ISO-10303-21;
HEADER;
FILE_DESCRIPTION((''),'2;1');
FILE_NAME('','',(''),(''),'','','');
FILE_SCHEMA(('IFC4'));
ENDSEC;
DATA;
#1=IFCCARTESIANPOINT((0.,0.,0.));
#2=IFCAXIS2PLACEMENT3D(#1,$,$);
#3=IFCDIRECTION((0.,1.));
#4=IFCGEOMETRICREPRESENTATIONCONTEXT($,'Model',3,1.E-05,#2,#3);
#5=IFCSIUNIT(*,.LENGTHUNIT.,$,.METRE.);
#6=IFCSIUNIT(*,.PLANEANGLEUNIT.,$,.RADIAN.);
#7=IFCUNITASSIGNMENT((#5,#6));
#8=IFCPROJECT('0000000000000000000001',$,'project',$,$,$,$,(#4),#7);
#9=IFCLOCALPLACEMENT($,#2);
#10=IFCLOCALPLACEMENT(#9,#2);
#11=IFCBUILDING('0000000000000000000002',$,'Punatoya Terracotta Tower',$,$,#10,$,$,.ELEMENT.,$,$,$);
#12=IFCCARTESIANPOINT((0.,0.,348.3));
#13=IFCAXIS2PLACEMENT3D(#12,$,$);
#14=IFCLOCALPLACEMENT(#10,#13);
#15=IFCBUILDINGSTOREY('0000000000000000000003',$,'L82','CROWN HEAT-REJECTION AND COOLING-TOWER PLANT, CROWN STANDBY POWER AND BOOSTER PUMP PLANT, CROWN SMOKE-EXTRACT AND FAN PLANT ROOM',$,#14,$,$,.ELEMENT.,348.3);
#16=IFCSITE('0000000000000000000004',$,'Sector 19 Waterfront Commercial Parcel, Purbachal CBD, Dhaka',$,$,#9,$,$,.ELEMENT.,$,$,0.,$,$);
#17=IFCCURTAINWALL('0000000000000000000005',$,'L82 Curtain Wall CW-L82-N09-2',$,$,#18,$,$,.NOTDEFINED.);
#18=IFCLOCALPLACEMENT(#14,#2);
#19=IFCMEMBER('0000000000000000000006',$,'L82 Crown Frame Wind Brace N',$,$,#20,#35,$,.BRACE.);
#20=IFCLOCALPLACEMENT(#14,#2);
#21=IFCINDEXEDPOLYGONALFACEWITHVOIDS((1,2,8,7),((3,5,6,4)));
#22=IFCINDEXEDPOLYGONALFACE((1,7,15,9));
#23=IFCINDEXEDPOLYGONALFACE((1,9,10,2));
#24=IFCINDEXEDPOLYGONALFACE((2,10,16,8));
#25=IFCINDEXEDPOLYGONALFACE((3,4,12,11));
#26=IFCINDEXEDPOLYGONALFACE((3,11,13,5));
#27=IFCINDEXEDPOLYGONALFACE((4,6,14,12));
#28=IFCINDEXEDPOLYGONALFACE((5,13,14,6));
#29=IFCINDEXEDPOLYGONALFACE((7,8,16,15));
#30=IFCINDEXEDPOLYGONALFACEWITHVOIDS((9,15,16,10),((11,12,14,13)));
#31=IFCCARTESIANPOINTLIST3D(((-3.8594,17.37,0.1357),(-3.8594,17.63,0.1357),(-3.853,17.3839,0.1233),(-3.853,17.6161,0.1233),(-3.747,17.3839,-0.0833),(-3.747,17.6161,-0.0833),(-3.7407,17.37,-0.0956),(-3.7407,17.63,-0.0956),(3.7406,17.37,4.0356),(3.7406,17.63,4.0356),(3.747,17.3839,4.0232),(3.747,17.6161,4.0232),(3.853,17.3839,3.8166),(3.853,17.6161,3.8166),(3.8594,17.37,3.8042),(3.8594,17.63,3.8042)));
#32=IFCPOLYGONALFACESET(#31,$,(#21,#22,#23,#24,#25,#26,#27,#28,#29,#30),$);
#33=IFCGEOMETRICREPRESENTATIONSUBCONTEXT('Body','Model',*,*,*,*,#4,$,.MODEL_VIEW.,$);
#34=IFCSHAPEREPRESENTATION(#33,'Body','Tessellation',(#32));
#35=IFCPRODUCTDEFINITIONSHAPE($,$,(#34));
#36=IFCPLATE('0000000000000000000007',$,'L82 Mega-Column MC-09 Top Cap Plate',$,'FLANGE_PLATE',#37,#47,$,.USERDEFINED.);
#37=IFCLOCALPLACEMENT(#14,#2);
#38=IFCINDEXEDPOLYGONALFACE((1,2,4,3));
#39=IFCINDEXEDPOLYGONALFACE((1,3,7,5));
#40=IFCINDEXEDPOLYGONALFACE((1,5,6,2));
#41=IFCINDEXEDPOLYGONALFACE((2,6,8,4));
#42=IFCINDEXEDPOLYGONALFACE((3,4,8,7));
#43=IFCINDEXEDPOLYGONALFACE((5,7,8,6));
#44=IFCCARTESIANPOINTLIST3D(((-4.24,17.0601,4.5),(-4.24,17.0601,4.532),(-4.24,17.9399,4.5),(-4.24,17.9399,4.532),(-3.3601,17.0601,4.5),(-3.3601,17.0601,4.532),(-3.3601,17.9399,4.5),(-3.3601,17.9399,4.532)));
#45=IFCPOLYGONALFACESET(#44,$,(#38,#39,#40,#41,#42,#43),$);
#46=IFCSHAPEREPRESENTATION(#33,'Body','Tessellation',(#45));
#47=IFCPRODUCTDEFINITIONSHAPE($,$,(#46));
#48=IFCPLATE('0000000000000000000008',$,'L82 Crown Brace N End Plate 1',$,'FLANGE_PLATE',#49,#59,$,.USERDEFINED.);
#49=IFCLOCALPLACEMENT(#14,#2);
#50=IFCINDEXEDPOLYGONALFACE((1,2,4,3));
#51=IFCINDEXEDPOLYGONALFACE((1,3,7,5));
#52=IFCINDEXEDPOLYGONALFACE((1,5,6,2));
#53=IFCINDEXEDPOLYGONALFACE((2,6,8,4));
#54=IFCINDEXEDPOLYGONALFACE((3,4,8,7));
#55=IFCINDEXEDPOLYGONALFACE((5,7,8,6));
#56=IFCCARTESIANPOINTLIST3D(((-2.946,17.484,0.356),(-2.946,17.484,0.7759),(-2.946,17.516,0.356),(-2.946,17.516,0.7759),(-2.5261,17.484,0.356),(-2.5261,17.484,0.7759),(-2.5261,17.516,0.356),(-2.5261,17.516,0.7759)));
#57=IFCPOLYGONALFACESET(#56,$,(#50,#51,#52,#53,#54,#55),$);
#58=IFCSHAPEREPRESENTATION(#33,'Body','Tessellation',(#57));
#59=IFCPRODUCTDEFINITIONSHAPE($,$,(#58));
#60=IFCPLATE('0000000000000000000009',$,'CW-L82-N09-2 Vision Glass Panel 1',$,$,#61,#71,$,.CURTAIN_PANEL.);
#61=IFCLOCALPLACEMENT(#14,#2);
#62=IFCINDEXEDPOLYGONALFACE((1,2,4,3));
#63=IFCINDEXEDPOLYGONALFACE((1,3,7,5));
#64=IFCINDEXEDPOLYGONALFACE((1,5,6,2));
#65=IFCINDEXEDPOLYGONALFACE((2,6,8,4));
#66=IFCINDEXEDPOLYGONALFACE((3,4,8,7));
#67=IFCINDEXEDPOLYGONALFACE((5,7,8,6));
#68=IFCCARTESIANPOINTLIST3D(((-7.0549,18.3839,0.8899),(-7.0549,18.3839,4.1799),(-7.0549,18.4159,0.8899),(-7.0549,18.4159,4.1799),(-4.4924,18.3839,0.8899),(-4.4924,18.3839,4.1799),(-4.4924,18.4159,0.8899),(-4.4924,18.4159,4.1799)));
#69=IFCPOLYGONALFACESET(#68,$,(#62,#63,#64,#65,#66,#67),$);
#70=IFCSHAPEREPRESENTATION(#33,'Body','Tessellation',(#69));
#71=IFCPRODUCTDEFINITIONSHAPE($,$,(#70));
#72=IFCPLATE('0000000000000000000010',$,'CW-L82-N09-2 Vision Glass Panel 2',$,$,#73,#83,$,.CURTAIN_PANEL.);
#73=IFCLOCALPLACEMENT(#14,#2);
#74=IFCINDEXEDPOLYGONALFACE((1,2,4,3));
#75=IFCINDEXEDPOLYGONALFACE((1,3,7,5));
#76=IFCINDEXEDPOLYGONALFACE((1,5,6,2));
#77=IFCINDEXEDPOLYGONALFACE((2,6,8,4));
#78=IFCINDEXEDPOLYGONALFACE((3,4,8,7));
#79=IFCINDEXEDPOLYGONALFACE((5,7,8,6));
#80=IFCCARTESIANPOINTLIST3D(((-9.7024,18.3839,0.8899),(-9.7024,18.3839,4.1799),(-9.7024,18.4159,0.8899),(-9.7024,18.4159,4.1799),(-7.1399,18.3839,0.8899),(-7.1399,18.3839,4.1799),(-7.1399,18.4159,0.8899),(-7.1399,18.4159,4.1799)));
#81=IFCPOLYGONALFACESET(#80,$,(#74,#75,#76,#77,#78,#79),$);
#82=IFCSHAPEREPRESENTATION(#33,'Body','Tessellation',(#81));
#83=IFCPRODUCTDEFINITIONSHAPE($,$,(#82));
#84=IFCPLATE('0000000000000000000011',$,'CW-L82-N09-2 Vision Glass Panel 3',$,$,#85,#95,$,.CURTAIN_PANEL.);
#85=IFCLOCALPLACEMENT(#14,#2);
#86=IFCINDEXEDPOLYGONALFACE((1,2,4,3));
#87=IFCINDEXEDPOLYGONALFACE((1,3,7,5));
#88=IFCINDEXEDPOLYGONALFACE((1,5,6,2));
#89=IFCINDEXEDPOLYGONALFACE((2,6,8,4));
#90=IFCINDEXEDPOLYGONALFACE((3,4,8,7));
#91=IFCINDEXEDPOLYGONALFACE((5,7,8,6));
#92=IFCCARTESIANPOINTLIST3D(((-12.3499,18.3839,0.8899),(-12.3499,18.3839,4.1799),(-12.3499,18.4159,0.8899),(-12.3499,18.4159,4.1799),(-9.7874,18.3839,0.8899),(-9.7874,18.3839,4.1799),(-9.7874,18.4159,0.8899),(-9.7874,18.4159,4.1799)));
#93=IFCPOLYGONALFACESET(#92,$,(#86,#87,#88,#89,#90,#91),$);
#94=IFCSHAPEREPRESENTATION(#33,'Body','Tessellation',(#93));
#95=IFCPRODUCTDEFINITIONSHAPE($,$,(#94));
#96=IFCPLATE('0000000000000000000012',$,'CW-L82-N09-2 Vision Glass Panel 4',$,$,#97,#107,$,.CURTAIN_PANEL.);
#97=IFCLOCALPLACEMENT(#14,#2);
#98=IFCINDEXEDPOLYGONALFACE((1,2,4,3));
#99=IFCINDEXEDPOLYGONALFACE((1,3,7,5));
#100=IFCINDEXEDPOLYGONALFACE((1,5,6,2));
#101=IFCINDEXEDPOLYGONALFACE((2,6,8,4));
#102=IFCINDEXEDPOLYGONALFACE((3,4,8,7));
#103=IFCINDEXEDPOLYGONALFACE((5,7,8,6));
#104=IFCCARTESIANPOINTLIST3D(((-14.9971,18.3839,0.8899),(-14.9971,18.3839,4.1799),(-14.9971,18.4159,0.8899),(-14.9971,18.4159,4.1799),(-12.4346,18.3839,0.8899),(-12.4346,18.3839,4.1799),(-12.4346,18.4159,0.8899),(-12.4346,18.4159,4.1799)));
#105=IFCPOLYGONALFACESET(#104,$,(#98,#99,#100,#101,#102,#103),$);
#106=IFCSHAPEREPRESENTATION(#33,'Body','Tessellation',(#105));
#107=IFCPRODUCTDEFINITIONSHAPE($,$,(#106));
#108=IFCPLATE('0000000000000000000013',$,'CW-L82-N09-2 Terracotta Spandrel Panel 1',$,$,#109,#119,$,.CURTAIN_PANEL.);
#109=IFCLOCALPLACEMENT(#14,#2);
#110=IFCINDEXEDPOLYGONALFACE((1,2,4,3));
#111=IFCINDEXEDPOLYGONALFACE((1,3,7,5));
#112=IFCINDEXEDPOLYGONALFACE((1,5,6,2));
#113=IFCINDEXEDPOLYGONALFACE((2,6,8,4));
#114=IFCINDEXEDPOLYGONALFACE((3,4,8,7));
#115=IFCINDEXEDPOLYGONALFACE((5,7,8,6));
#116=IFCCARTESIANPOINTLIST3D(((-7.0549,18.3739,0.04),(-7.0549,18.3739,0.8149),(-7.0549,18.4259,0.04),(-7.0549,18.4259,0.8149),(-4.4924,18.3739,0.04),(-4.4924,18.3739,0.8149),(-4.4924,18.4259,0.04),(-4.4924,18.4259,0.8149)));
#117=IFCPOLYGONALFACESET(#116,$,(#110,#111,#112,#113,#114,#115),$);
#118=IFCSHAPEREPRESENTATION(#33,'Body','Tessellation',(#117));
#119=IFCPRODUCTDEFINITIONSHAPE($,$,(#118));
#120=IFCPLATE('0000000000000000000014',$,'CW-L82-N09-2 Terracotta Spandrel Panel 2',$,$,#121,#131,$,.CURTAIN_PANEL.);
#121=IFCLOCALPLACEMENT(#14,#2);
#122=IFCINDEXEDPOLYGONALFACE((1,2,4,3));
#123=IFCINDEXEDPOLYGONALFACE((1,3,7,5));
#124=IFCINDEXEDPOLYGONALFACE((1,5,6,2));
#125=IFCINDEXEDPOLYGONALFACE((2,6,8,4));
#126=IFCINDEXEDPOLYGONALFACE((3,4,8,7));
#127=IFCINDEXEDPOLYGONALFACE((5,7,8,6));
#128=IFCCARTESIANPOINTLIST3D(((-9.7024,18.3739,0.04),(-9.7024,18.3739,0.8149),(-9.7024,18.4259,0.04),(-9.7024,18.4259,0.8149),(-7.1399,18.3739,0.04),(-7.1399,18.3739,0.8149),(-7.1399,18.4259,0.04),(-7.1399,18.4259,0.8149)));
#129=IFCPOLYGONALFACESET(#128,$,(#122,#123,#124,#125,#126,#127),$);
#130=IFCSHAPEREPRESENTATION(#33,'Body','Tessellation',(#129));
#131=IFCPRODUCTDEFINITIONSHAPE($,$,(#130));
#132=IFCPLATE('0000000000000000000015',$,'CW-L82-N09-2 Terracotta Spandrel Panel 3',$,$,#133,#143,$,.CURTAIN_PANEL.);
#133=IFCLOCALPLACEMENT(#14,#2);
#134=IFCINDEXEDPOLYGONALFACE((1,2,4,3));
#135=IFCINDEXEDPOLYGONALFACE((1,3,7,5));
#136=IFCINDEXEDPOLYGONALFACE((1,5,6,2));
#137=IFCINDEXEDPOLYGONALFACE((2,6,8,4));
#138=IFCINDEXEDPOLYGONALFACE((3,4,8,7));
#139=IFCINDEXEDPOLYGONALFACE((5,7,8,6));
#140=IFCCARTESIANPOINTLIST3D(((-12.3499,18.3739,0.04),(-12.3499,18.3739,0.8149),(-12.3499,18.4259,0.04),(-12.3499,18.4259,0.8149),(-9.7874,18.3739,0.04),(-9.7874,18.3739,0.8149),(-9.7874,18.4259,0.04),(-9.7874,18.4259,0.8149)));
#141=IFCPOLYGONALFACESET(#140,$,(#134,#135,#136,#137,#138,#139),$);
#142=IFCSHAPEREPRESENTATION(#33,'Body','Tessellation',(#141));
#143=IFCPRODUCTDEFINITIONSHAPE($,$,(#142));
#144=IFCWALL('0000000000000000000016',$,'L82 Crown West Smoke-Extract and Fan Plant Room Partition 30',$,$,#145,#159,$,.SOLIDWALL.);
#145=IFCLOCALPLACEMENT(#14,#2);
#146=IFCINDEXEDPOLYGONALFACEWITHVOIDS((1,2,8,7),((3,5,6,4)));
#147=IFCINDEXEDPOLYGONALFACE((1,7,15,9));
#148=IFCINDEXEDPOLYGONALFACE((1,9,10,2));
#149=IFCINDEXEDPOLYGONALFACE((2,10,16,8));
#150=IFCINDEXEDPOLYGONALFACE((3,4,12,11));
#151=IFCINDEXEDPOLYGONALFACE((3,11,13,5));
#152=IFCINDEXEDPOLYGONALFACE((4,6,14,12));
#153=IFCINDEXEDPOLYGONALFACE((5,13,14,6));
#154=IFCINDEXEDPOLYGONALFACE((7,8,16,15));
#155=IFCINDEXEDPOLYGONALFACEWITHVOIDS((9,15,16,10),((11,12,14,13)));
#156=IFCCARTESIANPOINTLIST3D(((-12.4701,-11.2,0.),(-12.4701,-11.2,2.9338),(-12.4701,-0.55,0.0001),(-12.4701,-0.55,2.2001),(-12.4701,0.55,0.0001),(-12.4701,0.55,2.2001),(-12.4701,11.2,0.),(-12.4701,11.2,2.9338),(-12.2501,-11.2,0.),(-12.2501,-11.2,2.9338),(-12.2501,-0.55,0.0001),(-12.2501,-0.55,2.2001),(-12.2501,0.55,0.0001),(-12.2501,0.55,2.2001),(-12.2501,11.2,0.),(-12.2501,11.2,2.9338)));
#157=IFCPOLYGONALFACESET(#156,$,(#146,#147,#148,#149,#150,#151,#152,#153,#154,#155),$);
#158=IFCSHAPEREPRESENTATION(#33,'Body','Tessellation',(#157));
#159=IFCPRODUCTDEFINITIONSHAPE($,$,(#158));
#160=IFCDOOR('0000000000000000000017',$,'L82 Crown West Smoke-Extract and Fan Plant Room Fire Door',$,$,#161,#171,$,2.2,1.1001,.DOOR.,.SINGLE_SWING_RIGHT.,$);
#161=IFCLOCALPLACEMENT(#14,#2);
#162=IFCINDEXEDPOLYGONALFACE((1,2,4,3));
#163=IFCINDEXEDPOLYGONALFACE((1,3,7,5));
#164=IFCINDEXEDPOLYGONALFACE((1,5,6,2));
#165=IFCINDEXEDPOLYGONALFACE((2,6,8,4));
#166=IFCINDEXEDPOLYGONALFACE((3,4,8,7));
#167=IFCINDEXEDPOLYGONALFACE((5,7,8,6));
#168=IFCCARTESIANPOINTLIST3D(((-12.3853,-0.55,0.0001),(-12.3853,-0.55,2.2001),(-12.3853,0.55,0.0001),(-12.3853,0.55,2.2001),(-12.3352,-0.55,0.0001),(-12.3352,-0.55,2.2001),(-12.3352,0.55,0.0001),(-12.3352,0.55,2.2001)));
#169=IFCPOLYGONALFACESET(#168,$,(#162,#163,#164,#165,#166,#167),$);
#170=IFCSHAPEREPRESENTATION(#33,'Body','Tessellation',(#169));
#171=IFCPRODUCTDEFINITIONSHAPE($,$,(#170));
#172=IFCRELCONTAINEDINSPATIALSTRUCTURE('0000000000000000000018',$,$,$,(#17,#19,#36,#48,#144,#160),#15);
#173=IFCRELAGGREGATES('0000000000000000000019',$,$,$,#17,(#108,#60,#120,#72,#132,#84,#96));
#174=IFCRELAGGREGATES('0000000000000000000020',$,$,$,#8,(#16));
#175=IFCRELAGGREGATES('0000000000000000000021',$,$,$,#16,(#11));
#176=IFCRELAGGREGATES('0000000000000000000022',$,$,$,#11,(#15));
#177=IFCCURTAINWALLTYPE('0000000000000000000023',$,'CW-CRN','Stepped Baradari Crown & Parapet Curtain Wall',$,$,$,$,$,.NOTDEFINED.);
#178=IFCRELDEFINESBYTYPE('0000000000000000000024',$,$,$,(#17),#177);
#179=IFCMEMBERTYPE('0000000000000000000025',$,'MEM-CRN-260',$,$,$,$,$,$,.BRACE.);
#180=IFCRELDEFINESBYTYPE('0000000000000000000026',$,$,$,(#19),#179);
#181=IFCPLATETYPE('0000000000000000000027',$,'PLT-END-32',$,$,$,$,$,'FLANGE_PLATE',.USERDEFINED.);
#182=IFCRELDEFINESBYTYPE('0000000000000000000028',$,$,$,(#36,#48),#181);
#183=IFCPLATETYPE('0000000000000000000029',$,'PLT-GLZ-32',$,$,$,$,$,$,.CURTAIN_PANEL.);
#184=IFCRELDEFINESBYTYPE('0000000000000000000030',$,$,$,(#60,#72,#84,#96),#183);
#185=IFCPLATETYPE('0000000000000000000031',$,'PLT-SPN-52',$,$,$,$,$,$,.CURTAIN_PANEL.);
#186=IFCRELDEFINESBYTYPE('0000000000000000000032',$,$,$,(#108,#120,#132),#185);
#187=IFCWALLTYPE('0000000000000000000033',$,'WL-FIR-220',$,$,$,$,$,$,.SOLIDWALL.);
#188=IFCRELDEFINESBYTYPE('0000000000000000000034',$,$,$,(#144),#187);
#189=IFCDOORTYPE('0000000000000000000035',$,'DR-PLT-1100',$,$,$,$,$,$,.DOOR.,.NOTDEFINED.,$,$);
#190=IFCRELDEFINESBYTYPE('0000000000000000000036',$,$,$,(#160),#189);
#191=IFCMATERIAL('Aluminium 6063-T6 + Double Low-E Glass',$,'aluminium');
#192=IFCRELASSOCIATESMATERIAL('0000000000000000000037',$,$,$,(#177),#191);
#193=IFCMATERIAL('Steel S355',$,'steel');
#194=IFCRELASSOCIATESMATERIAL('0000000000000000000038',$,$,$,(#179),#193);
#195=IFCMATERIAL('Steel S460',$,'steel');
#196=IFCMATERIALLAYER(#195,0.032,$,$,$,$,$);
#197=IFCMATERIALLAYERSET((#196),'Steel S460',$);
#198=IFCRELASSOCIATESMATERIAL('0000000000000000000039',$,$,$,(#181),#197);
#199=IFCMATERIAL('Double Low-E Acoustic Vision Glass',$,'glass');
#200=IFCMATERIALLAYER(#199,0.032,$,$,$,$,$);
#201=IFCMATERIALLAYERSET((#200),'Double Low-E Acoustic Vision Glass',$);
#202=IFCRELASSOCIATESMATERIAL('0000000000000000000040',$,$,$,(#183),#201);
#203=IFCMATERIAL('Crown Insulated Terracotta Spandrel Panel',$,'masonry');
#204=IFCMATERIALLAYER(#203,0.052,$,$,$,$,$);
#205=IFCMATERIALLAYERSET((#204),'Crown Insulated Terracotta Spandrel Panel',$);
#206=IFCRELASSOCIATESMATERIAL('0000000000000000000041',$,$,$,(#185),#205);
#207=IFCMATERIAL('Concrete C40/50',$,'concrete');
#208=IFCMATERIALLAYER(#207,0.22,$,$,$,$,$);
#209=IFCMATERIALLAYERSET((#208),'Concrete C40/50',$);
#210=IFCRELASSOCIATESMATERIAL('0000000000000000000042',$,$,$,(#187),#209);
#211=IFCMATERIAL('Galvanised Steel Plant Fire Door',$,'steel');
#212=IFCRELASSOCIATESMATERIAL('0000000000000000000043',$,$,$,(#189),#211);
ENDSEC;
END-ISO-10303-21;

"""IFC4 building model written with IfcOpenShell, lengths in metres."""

from ifc_helpers import new_model, si_unit, direction, frame, frame_2d, origin, origin_2d, place, context, subcontext, project, spatial, rectangle, hollow_rectangle, extrude, material, layer, layer_set, material_profile, profile_set, type_object, element, fill, aggregate, save


model = new_model("IFC4")

# Units and contexts
model_context = context("Model", 3, precision=1e-05, world=origin(), true_north=direction((0.0, 1.0)))
body_context = subcontext(model_context, "Body", "Model", "MODEL_VIEW")
ifc_project = project(units=[si_unit("LENGTHUNIT", "METRE"), si_unit("PLANEANGLEUNIT", "RADIAN")], contexts=[model_context])

# Site, building, storey
site_placement = place(None, origin())
site = spatial("IfcSite", under=ifc_project, at=site_placement, Name="Sector 19 Waterfront Commercial Parcel, Purbachal CBD, Dhaka", CompositionType="ELEMENT", RefElevation=0.0)
building_placement = place(site_placement, origin())
building = spatial("IfcBuilding", under=site, at=building_placement, Name="Punatoya Terracotta Tower", CompositionType="ELEMENT")
storey_placement = place(building_placement, frame((0.0, 0.0, 348.3)))
storey = spatial("IfcBuildingStorey", under=building, at=storey_placement, Name="L82", Description="CROWN HEAT-REJECTION AND COOLING-TOWER PLANT, CROWN STANDBY POWER AND BOOSTER PUMP PLANT, CROWN SMOKE-EXTRACT AND FAN PLANT ROOM", CompositionType="ELEMENT", Elevation=348.3)

# Shared definitions
ifc_material_1 = material(Name="Steel S460", Category="steel")

# Curtain wall
ifc_material_2 = material(Name="Aluminium 6063-T6 + Double Low-E Glass", Category="aluminium")
curtain_wall_type = type_object("IfcCurtainWallType", Name="CW-CRN", Description="Stepped Baradari Crown & Parapet Curtain Wall", PredefinedType="NOTDEFINED", material=ifc_material_2)
curtain_wall_placement = place(storey_placement, origin())
curtain_wall = element("IfcCurtainWall", 1, at=curtain_wall_placement, inside=storey, type_object=curtain_wall_type, Name="L82 Curtain Wall CW-L82-N09-2", PredefinedType="NOTDEFINED")

# Member
ifc_material_3 = material(Name="Steel S355", Category="steel")
ifc_material_profile_1 = material_profile(ifc_material_3, hollow_rectangle(XDim=0.26, YDim=0.26, WallThickness=0.0139, at=origin_2d()))
ifc_profile_set_1 = profile_set([ifc_material_profile_1], Name="Steel S355")
member_type_1 = type_object("IfcMemberType", Name="MEM-CRN-260", PredefinedType="BRACE", material=ifc_profile_set_1)
member_1_placement = place(storey_placement, frame((-3.8, 17.5, 0.02), z_axis=(0.889703, 0.0, 0.456541), x_axis=(0.0, 1.0, 0.0)))
element("IfcMember", 2, at=member_1_placement, inside=storey, type_object=member_type_1, Name="L82 Crown Frame Wind Brace N", PredefinedType="BRACE", context=body_context, shape_type="SweptSolid", body=[
    extrude(hollow_rectangle(XDim=0.26, YDim=0.26, WallThickness=0.0139, at=origin_2d()), origin(), (0.0, 0.0, 1.0), 8.5422),
])

# Plates
ifc_layer_1 = layer(ifc_material_1, 0.032)
ifc_layer_set_1 = layer_set([ifc_layer_1], Name="Steel S460")
plate_type_1 = type_object("IfcPlateType", Name="PLT-END-32", ElementType="FLANGE_PLATE", PredefinedType="USERDEFINED", material=ifc_layer_set_1)
plate_1_placement = place(storey_placement, frame((-3.8, 17.5, 4.5), z_axis=(0.0, 0.0, 1.0), x_axis=(1.0, 0.0, 0.0)))
element("IfcPlate", 3, at=plate_1_placement, inside=storey, type_object=plate_type_1, Name="L82 Mega-Column MC-09 Top Cap Plate", ObjectType="FLANGE_PLATE", PredefinedType="USERDEFINED", context=body_context, shape_type="SweptSolid", body=[
    extrude(rectangle(XDim=0.8799, YDim=0.8799, at=origin_2d()), origin(), (0.0, 0.0, 1.0), 0.032),
])
plate_2_placement = place(storey_placement, frame((-2.7361, 17.5, 0.356), z_axis=(0.0, 0.0, 1.0), x_axis=(1.0, 0.0, 0.0)))
element("IfcPlate", 4, at=plate_2_placement, inside=storey, type_object=plate_type_1, Name="L82 Crown Brace N End Plate 1", ObjectType="FLANGE_PLATE", PredefinedType="USERDEFINED", context=body_context, shape_type="SweptSolid", body=[
    extrude(rectangle(XDim=0.4199, YDim=0.032, at=origin_2d()), origin(), (0.0, 0.0, 1.0), 0.4199),
])

# Plates
ifc_material_4 = material(Name="Double Low-E Acoustic Vision Glass", Category="glass")
ifc_layer_2 = layer(ifc_material_4, 0.032)
ifc_layer_set_2 = layer_set([ifc_layer_2], Name="Double Low-E Acoustic Vision Glass")
plate_type_2 = type_object("IfcPlateType", Name="PLT-GLZ-32", PredefinedType="CURTAIN_PANEL", material=ifc_layer_set_2)
plate_3_placement = place(storey_placement, frame((-5.7737, 18.3999, 0.8899), z_axis=(0.0, 0.0, 1.0), x_axis=(-1.0, 0.0, 0.0)))
plate_3 = element("IfcPlate", 5, at=plate_3_placement, type_object=plate_type_2, Name="CW-L82-N09-2 Vision Glass Panel 1", PredefinedType="CURTAIN_PANEL", context=body_context, shape_type="SweptSolid", body=[
    extrude(rectangle(XDim=2.5625, YDim=0.032, at=origin_2d()), origin(), (0.0, 0.0, 1.0), 3.29),
])
plate_4_placement = place(storey_placement, frame((-8.4211, 18.3999, 0.8899), z_axis=(0.0, 0.0, 1.0), x_axis=(-1.0, 0.0, 0.0)))
plate_4 = element("IfcPlate", 6, at=plate_4_placement, type_object=plate_type_2, Name="CW-L82-N09-2 Vision Glass Panel 2", PredefinedType="CURTAIN_PANEL", context=body_context, shape_type="SweptSolid", body=[
    extrude(rectangle(XDim=2.5625, YDim=0.032, at=origin_2d()), origin(), (0.0, 0.0, 1.0), 3.29),
])
plate_5_placement = place(storey_placement, frame((-11.0686, 18.3999, 0.8899), z_axis=(0.0, 0.0, 1.0), x_axis=(-1.0, 0.0, 0.0)))
plate_5 = element("IfcPlate", 7, at=plate_5_placement, type_object=plate_type_2, Name="CW-L82-N09-2 Vision Glass Panel 3", PredefinedType="CURTAIN_PANEL", context=body_context, shape_type="SweptSolid", body=[
    extrude(rectangle(XDim=2.5625, YDim=0.032, at=origin_2d()), origin(), (0.0, 0.0, 1.0), 3.29),
])
plate_6_placement = place(storey_placement, frame((-13.7158, 18.3999, 0.8899), z_axis=(0.0, 0.0, 1.0), x_axis=(-1.0, 0.0, 0.0)))
plate_6 = element("IfcPlate", 8, at=plate_6_placement, type_object=plate_type_2, Name="CW-L82-N09-2 Vision Glass Panel 4", PredefinedType="CURTAIN_PANEL", context=body_context, shape_type="SweptSolid", body=[
    extrude(rectangle(XDim=2.5625, YDim=0.032, at=origin_2d()), origin(), (0.0, 0.0, 1.0), 3.29),
])
ifc_material_5 = material(Name="Crown Insulated Terracotta Spandrel Panel", Category="masonry")
ifc_layer_3 = layer(ifc_material_5, 0.052)
ifc_layer_set_3 = layer_set([ifc_layer_3], Name="Crown Insulated Terracotta Spandrel Panel")
plate_type_3 = type_object("IfcPlateType", Name="PLT-SPN-52", PredefinedType="CURTAIN_PANEL", material=ifc_layer_set_3)
plate_7_placement = place(storey_placement, frame((-5.7737, 18.3999, 0.04), z_axis=(0.0, 0.0, 1.0), x_axis=(-1.0, 0.0, 0.0)))
plate_7 = element("IfcPlate", 9, at=plate_7_placement, type_object=plate_type_3, Name="CW-L82-N09-2 Terracotta Spandrel Panel 1", PredefinedType="CURTAIN_PANEL", context=body_context, shape_type="SweptSolid", body=[
    extrude(rectangle(XDim=2.5625, YDim=0.052, at=origin_2d()), origin(), (0.0, 0.0, 1.0), 0.7749),
])
plate_8_placement = place(storey_placement, frame((-8.4211, 18.3999, 0.04), z_axis=(0.0, 0.0, 1.0), x_axis=(-1.0, 0.0, 0.0)))
plate_8 = element("IfcPlate", 10, at=plate_8_placement, type_object=plate_type_3, Name="CW-L82-N09-2 Terracotta Spandrel Panel 2", PredefinedType="CURTAIN_PANEL", context=body_context, shape_type="SweptSolid", body=[
    extrude(rectangle(XDim=2.5625, YDim=0.052, at=origin_2d()), origin(), (0.0, 0.0, 1.0), 0.7749),
])
plate_9_placement = place(storey_placement, frame((-11.0686, 18.3999, 0.04), z_axis=(0.0, 0.0, 1.0), x_axis=(-1.0, 0.0, 0.0)))
plate_9 = element("IfcPlate", 11, at=plate_9_placement, type_object=plate_type_3, Name="CW-L82-N09-2 Terracotta Spandrel Panel 3", PredefinedType="CURTAIN_PANEL", context=body_context, shape_type="SweptSolid", body=[
    extrude(rectangle(XDim=2.5625, YDim=0.052, at=origin_2d()), origin(), (0.0, 0.0, 1.0), 0.7749),
])
aggregate(curtain_wall, [plate_7, plate_3, plate_8, plate_4, plate_9, plate_5, plate_6])

# Wall, opening, door
ifc_material_6 = material(Name="Concrete C40/50", Category="concrete")
ifc_layer_4 = layer(ifc_material_6, 0.22)
ifc_layer_set_4 = layer_set([ifc_layer_4], Name="Concrete C40/50")
wall_type = type_object("IfcWallType", Name="WL-FIR-220", PredefinedType="SOLIDWALL", material=ifc_layer_set_4)
wall_placement = place(storey_placement, frame((-12.3601, 11.2, 0.0), z_axis=(0.0, 0.0, 1.0), x_axis=(0.0, -1.0, 0.0)))
wall = element("IfcWall", 12, at=wall_placement, inside=storey, type_object=wall_type, Name="L82 Crown West Smoke-Extract and Fan Plant Room Partition 30", PredefinedType="SOLIDWALL", context=body_context, shape_type="SweptSolid", body=[
    extrude(rectangle(XDim=22.3999, YDim=0.22, at=frame_2d((11.2, 0.0))), origin(), (0.0, 0.0, 1.0), 2.9338),
])
opening_placement = place(wall_placement, frame((10.6499, 0.0, 0.0)))
opening = element("IfcOpeningElement", 13, at=opening_placement, cuts=wall, PredefinedType="OPENING", context=body_context, shape_type="SweptSolid", body=[
    extrude(rectangle(XDim=1.1001, YDim=2.2, at=frame_2d((0.55, 1.1001))), frame((0.0, 0.1199, 0.0), z_axis=(0.0, -1.0, 0.0), x_axis=(1.0, 0.0, 0.0)), (0.0, 0.0, 1.0), 0.24),
])
ifc_material_7 = material(Name="Galvanised Steel Plant Fire Door", Category="steel")
door_type = type_object("IfcDoorType", Name="DR-PLT-1100", OperationType="NOTDEFINED", PredefinedType="DOOR", material=ifc_material_7)
door_placement = place(opening_placement, origin())
door = element("IfcDoor", 14, at=door_placement, inside=storey, type_object=door_type, Name="L82 Crown West Smoke-Extract and Fan Plant Room Fire Door", OperationType="SINGLE_SWING_RIGHT", OverallHeight=2.2, OverallWidth=1.1001, PredefinedType="DOOR", context=body_context, shape_type="SweptSolid", body=[
    extrude(rectangle(XDim=1.1001, YDim=2.2, at=frame_2d((0.55, 1.1001))), frame((0.0, 0.0249, 0.0), z_axis=(0.0, -1.0, 0.0), x_axis=(1.0, 0.0, 0.0)), (0.0, 0.0, 1.0), 0.05),
])
fill(opening, door)

save(model, "model.ifc")
